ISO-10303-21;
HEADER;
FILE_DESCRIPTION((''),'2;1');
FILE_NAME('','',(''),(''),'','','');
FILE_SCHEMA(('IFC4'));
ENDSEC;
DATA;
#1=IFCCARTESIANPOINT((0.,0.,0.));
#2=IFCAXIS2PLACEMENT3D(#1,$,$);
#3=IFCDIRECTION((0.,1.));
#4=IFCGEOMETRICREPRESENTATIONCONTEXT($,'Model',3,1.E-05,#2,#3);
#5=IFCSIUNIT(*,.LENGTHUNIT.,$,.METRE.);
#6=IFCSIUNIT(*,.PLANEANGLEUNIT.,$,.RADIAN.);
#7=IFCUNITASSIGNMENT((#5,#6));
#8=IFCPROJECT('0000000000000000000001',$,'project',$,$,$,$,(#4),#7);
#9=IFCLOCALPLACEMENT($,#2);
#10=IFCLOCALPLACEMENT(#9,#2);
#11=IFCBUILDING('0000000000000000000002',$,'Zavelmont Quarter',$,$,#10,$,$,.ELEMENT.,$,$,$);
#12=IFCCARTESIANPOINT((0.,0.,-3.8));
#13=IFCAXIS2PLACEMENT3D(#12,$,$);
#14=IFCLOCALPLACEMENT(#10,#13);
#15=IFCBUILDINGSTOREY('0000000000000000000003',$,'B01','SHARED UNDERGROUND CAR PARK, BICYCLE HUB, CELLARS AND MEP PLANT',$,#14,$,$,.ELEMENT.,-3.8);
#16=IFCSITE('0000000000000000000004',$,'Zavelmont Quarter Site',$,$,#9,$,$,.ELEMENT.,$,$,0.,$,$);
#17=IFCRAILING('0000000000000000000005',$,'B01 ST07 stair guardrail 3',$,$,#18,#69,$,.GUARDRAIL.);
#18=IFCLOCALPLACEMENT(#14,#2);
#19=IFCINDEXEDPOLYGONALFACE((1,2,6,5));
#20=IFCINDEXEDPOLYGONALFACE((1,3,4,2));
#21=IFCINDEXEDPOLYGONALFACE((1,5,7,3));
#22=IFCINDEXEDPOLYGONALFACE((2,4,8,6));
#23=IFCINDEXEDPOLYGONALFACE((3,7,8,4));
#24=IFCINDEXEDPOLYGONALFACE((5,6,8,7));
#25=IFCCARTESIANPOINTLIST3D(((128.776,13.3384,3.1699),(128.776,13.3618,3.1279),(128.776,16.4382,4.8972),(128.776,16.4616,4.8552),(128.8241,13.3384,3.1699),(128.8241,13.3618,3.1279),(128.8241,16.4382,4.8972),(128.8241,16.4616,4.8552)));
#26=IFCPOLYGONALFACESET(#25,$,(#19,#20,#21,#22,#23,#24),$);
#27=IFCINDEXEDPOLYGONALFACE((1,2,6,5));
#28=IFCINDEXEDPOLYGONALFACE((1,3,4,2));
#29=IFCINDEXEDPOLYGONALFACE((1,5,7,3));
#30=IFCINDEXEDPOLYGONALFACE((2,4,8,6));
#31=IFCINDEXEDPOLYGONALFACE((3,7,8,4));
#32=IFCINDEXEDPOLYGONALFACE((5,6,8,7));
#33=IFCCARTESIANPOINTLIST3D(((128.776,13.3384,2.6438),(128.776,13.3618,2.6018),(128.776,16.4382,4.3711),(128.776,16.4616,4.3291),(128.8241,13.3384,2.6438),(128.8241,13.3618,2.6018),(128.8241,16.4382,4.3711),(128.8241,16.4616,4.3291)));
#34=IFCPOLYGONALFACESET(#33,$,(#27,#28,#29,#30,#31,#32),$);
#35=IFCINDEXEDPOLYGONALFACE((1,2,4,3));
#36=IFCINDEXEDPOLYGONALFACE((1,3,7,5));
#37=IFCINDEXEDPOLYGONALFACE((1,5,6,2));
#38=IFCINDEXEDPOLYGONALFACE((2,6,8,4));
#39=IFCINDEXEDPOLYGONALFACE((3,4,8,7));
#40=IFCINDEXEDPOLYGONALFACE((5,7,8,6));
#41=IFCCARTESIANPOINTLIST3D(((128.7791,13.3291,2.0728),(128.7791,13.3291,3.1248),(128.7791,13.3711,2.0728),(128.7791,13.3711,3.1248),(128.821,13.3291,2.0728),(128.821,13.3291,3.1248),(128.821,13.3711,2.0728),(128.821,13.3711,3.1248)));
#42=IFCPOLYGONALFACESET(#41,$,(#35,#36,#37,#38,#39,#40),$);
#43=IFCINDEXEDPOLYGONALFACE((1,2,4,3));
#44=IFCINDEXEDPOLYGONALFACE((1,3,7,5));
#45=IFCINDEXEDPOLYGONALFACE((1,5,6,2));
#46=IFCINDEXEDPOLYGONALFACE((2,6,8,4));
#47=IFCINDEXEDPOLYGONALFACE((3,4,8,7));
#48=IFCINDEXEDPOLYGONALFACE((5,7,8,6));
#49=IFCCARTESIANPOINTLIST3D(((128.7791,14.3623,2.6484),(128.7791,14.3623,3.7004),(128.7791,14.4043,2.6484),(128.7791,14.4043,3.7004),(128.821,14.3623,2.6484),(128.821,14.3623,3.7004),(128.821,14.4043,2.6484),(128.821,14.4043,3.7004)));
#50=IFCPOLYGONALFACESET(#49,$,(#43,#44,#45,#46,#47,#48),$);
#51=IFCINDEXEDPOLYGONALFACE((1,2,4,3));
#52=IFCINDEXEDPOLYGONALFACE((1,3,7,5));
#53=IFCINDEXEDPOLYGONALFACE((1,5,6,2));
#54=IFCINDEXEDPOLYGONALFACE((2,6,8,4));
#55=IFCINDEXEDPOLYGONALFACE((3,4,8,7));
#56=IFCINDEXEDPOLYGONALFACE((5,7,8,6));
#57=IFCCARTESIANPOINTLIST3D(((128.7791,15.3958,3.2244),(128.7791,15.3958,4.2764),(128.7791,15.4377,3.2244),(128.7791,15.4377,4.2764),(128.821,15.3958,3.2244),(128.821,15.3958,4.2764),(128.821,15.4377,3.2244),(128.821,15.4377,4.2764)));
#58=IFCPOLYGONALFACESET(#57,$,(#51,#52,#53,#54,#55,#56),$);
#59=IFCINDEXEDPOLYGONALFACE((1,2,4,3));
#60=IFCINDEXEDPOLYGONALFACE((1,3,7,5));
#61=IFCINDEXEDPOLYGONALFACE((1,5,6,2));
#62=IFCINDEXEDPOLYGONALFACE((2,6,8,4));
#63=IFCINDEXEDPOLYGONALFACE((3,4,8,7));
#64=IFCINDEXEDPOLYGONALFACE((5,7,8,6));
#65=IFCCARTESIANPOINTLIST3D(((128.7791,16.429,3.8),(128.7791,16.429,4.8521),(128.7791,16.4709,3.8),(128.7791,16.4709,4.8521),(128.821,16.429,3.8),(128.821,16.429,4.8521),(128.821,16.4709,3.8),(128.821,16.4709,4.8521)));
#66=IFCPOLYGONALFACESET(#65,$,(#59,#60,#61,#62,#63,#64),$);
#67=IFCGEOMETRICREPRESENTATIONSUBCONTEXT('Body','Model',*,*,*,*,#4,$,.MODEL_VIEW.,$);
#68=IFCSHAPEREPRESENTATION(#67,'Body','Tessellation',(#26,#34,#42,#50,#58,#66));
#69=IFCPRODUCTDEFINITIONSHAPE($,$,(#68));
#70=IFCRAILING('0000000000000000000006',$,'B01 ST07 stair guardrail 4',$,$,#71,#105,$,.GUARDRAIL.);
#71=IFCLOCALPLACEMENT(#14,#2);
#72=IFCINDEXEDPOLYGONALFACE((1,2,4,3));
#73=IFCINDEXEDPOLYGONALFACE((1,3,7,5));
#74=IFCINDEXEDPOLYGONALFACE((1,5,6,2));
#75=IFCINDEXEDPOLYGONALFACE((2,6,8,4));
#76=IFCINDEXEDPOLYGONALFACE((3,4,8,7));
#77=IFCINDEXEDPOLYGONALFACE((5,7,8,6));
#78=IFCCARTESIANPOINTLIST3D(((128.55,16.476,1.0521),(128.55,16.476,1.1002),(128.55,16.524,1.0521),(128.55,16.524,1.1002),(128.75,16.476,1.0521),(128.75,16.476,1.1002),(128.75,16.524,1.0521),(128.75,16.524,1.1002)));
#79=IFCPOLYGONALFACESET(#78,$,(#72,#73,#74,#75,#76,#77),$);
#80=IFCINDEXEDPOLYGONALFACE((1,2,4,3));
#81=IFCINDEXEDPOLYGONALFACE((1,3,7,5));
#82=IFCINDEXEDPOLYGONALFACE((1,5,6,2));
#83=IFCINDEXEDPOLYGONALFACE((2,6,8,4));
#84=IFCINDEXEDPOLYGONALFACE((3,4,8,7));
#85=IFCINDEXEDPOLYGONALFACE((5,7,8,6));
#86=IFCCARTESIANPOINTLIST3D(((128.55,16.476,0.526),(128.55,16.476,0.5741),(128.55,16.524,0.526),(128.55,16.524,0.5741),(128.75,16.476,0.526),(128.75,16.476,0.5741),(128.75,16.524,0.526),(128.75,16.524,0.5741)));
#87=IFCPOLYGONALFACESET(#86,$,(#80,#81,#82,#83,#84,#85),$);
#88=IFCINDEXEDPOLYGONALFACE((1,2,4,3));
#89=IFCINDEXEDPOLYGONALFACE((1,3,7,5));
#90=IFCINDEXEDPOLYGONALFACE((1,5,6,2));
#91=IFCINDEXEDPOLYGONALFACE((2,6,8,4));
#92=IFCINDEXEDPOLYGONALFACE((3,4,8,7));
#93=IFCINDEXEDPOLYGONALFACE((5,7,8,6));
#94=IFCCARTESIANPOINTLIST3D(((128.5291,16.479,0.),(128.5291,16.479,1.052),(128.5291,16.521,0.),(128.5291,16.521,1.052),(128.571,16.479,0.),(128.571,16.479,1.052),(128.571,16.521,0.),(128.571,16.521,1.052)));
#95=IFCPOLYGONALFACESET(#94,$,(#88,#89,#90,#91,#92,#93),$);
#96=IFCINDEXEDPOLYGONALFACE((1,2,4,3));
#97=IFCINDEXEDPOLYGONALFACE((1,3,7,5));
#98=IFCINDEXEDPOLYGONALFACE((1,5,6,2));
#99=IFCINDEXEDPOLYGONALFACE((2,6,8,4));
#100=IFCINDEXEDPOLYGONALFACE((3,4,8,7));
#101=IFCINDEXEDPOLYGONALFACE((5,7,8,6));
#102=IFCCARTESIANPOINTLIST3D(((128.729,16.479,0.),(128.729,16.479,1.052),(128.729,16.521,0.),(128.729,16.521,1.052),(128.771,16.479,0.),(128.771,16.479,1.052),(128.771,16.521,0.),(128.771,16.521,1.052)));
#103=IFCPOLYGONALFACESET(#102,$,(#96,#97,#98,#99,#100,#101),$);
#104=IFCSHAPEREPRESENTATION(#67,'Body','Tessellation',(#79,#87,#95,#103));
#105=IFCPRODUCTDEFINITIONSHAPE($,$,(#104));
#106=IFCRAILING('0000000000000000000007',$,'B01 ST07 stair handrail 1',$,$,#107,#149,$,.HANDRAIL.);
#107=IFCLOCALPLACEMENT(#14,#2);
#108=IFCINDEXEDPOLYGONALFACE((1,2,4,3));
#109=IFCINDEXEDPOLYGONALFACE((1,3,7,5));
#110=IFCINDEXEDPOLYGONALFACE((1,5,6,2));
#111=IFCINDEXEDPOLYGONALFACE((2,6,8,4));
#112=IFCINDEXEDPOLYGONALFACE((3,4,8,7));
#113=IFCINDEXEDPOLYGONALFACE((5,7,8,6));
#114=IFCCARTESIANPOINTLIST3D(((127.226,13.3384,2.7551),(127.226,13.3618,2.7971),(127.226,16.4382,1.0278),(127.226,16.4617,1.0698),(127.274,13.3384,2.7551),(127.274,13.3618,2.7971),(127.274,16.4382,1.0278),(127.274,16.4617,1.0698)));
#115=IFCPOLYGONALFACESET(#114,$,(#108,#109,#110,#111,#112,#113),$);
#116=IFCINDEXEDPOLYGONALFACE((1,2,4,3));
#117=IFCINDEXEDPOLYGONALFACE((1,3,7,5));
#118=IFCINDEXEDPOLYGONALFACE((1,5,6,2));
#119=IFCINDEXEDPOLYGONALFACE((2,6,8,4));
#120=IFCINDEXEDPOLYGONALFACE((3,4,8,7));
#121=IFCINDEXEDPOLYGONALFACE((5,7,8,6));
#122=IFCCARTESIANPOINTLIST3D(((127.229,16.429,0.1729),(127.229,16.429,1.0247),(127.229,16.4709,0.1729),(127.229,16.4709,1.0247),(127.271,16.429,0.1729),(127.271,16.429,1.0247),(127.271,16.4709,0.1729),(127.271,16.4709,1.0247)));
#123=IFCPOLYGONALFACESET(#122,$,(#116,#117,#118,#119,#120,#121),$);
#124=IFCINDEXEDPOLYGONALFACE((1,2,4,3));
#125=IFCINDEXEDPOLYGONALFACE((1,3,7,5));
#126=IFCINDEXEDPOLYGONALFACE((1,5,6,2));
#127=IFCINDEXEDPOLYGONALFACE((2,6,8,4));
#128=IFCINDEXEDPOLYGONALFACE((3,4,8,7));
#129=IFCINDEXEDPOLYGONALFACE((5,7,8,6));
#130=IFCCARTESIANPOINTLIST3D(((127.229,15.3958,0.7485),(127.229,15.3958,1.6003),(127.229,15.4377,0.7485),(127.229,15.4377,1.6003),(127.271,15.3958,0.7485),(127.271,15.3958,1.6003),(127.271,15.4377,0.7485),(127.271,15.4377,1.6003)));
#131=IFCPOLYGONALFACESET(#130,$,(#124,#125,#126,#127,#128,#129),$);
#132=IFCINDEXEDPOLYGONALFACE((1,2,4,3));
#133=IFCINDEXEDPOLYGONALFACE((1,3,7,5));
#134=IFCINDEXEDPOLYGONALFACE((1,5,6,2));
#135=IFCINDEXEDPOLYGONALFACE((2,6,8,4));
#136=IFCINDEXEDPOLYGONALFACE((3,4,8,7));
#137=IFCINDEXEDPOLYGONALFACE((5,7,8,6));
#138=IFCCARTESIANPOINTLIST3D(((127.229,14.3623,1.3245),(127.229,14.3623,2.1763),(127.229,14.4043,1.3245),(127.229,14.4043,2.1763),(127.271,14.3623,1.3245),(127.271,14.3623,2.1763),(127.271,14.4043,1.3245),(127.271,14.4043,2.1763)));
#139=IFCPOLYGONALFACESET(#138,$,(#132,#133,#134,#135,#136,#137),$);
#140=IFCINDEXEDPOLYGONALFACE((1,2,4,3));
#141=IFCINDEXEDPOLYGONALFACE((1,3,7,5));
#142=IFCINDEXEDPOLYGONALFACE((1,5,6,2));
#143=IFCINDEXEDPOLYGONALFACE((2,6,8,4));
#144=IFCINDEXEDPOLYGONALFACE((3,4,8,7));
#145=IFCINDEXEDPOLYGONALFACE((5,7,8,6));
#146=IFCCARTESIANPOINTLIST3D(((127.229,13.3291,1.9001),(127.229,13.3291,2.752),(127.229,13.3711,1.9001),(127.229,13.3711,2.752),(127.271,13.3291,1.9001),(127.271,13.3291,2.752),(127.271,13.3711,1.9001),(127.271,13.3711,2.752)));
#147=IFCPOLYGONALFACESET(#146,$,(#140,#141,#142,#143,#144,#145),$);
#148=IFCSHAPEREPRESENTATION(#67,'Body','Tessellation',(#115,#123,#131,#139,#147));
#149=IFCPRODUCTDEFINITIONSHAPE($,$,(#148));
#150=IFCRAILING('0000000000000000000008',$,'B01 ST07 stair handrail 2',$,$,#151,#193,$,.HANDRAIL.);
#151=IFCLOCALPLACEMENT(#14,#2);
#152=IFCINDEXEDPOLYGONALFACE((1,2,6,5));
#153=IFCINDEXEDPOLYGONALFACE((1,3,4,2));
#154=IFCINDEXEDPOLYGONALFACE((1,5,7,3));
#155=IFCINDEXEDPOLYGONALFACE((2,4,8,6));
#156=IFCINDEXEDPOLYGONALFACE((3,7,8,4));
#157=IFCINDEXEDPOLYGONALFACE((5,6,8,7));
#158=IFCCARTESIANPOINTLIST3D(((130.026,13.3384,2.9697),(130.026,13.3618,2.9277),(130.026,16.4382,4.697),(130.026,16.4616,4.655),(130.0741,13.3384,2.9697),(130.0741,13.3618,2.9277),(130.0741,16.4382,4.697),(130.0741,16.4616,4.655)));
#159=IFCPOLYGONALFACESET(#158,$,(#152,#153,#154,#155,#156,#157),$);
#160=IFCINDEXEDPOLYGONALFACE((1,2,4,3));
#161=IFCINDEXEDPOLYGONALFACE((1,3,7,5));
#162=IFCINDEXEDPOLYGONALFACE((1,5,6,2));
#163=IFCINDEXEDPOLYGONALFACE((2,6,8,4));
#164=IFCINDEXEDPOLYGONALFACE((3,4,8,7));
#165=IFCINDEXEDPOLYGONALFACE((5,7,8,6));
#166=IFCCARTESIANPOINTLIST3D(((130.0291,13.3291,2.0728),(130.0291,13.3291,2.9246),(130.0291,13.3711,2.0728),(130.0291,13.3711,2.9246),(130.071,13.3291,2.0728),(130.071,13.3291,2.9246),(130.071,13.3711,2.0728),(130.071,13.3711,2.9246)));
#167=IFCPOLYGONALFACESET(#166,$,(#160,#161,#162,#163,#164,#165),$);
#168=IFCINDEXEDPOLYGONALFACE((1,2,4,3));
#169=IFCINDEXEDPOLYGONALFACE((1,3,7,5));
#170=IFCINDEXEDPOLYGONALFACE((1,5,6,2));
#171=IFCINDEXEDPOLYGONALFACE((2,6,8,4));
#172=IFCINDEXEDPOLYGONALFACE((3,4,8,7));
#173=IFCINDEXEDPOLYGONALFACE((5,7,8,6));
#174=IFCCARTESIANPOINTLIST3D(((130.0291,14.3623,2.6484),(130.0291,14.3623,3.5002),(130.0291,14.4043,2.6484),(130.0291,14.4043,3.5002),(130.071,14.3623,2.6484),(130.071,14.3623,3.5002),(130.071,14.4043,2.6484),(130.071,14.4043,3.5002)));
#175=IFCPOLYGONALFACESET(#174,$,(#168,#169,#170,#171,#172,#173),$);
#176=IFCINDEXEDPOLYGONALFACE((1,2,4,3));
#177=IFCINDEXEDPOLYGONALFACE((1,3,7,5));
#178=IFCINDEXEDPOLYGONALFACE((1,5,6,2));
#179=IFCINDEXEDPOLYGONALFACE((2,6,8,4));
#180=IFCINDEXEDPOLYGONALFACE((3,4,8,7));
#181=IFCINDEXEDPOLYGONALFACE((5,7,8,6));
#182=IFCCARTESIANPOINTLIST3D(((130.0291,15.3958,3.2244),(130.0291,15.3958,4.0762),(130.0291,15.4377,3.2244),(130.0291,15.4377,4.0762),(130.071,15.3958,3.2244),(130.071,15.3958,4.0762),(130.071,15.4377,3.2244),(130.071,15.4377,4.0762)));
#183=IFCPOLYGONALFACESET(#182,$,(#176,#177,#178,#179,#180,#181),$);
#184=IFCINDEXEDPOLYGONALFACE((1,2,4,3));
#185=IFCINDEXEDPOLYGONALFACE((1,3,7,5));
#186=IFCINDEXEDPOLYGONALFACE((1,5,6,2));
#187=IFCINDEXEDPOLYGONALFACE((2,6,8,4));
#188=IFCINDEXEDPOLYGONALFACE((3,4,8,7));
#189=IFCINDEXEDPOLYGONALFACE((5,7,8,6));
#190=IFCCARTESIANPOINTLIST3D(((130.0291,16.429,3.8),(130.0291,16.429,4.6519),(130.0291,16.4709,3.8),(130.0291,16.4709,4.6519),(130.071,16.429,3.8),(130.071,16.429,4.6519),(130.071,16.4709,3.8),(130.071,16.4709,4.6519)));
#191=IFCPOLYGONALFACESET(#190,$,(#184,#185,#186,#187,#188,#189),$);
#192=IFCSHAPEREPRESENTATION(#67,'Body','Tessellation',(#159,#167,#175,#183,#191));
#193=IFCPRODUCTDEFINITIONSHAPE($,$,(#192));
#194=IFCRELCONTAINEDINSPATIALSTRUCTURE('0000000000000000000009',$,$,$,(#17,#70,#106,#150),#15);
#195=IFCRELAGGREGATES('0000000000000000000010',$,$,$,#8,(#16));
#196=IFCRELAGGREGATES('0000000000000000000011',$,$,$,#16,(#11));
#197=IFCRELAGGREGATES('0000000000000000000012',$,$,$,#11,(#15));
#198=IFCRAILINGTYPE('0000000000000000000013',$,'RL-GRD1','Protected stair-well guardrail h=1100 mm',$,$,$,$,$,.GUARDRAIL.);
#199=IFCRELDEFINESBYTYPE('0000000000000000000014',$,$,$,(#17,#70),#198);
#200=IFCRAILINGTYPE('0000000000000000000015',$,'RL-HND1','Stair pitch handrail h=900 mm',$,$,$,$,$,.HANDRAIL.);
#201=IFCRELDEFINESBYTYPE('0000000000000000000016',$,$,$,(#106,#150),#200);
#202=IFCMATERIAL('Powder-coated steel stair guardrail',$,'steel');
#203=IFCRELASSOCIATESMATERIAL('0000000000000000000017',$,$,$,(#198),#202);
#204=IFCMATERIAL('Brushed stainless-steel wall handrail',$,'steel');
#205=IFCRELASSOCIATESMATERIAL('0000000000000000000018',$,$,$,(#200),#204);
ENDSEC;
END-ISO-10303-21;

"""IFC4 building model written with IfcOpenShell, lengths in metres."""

from ifc_helpers import new_model, si_unit, direction, frame, origin, origin_2d, place, context, subcontext, project, spatial, rectangle, extrude, material, type_object, element, save


model = new_model("IFC4")

# Units and contexts
model_context = context("Model", 3, precision=1e-05, world=origin(), true_north=direction((0.0, 1.0)))
body_context = subcontext(model_context, "Body", "Model", "MODEL_VIEW")
ifc_project = project(units=[si_unit("LENGTHUNIT", "METRE"), si_unit("PLANEANGLEUNIT", "RADIAN")], contexts=[model_context])

# Site, building, storey
site_placement = place(None, origin())
site = spatial("IfcSite", under=ifc_project, at=site_placement, Name="Zavelmont Quarter Site", CompositionType="ELEMENT", RefElevation=0.0)
building_placement = place(site_placement, origin())
building = spatial("IfcBuilding", under=site, at=building_placement, Name="Zavelmont Quarter", CompositionType="ELEMENT")
storey_placement = place(building_placement, frame((0.0, 0.0, -3.8)))
storey = spatial("IfcBuildingStorey", under=building, at=storey_placement, Name="B01", Description="SHARED UNDERGROUND CAR PARK, BICYCLE HUB, CELLARS AND MEP PLANT", CompositionType="ELEMENT", Elevation=-3.8)

# Railings
ifc_material_1 = material(Name="Powder-coated steel stair guardrail", Category="steel")
railing_type_1 = type_object("IfcRailingType", Name="RL-GRD1", Description="Protected stair-well guardrail h=1100 mm", PredefinedType="GUARDRAIL", material=ifc_material_1)
railing_1_placement = place(storey_placement, frame((128.8, 13.3501, 2.0728)))
element("IfcRailing", 1, at=railing_1_placement, inside=storey, type_object=railing_type_1, Name="B01 ST07 stair guardrail 3", PredefinedType="GUARDRAIL", context=body_context, shape_type="SweptSolid", body=[
    extrude(rectangle(XDim=0.0481, YDim=0.0481, at=origin_2d()), frame((0.0, 0.0, 1.0762), z_axis=(0.0, 0.87354, 0.486752), x_axis=(-1.0, 0.0, 0.0)), (0.0, 0.0, 1.0), 3.5486),
    extrude(rectangle(XDim=0.0481, YDim=0.0481, at=origin_2d()), frame((0.0, 0.0, 0.55), z_axis=(0.0, 0.87354, 0.486752), x_axis=(-1.0, 0.0, 0.0)), (0.0, 0.0, 1.0), 3.5486),
    extrude(rectangle(XDim=0.042, YDim=0.042, at=origin_2d()), origin(), (0.0, 0.0, 1.0), 1.052),
    extrude(rectangle(XDim=0.042, YDim=0.042, at=origin_2d()), frame((0.0, 1.0332, 0.5757)), (0.0, 0.0, 1.0), 1.052),
    extrude(rectangle(XDim=0.042, YDim=0.042, at=origin_2d()), frame((0.0, 2.0667, 1.1516)), (0.0, 0.0, 1.0), 1.052),
    extrude(rectangle(XDim=0.042, YDim=0.042, at=origin_2d()), frame((0.0, 3.0999, 1.7273)), (0.0, 0.0, 1.0), 1.052),
])
railing_2_placement = place(storey_placement, frame((128.55, 16.5, 0.0)))
element("IfcRailing", 2, at=railing_2_placement, inside=storey, type_object=railing_type_1, Name="B01 ST07 stair guardrail 4", PredefinedType="GUARDRAIL", context=body_context, shape_type="SweptSolid", body=[
    extrude(rectangle(XDim=0.0481, YDim=0.0481, at=origin_2d()), frame((0.0, 0.0, 1.0762), z_axis=(1.0, 0.0, 0.0), x_axis=(0.0, 1.0, 0.0)), (0.0, 0.0, 1.0), 0.2),
    extrude(rectangle(XDim=0.0481, YDim=0.0481, at=origin_2d()), frame((0.0, 0.0, 0.55), z_axis=(1.0, 0.0, 0.0), x_axis=(0.0, 1.0, 0.0)), (0.0, 0.0, 1.0), 0.2),
    extrude(rectangle(XDim=0.042, YDim=0.042, at=origin_2d()), origin(), (0.0, 0.0, 1.0), 1.052),
    extrude(rectangle(XDim=0.042, YDim=0.042, at=origin_2d()), frame((0.2, 0.0, 0.0)), (0.0, 0.0, 1.0), 1.052),
])
ifc_material_2 = material(Name="Brushed stainless-steel wall handrail", Category="steel")
railing_type_2 = type_object("IfcRailingType", Name="RL-HND1", Description="Stair pitch handrail h=900 mm", PredefinedType="HANDRAIL", material=ifc_material_2)
railing_3_placement = place(storey_placement, frame((127.25, 16.45, 0.1729)))
element("IfcRailing", 3, at=railing_3_placement, inside=storey, type_object=railing_type_2, Name="B01 ST07 stair handrail 1", PredefinedType="HANDRAIL", context=body_context, shape_type="SweptSolid", body=[
    extrude(rectangle(XDim=0.0481, YDim=0.0481, at=origin_2d()), frame((0.0, 0.0, 0.876), z_axis=(0.0, -0.87354, 0.486752), x_axis=(1.0, 0.0, 0.0)), (0.0, 0.0, 1.0), 3.5486),
    extrude(rectangle(XDim=0.042, YDim=0.042, at=origin_2d()), origin(), (0.0, 0.0, 1.0), 0.8518),
    extrude(rectangle(XDim=0.042, YDim=0.042, at=origin_2d()), frame((0.0, -1.0332, 0.5757)), (0.0, 0.0, 1.0), 0.8518),
    extrude(rectangle(XDim=0.042, YDim=0.042, at=origin_2d()), frame((0.0, -2.0667, 1.1516)), (0.0, 0.0, 1.0), 0.8518),
    extrude(rectangle(XDim=0.042, YDim=0.042, at=origin_2d()), frame((0.0, -3.0999, 1.7273)), (0.0, 0.0, 1.0), 0.8518),
])
railing_4_placement = place(storey_placement, frame((130.05, 13.3501, 2.0728)))
element("IfcRailing", 4, at=railing_4_placement, inside=storey, type_object=railing_type_2, Name="B01 ST07 stair handrail 2", PredefinedType="HANDRAIL", context=body_context, shape_type="SweptSolid", body=[
    extrude(rectangle(XDim=0.0481, YDim=0.0481, at=origin_2d()), frame((0.0, 0.0, 0.876), z_axis=(0.0, 0.87354, 0.486752), x_axis=(-1.0, 0.0, 0.0)), (0.0, 0.0, 1.0), 3.5486),
    extrude(rectangle(XDim=0.042, YDim=0.042, at=origin_2d()), origin(), (0.0, 0.0, 1.0), 0.8518),
    extrude(rectangle(XDim=0.042, YDim=0.042, at=origin_2d()), frame((0.0, 1.0332, 0.5757)), (0.0, 0.0, 1.0), 0.8518),
    extrude(rectangle(XDim=0.042, YDim=0.042, at=origin_2d()), frame((0.0, 2.0667, 1.1516)), (0.0, 0.0, 1.0), 0.8518),
    extrude(rectangle(XDim=0.042, YDim=0.042, at=origin_2d()), frame((0.0, 3.0999, 1.7273)), (0.0, 0.0, 1.0), 0.8518),
])

save(model, "model.ifc")
